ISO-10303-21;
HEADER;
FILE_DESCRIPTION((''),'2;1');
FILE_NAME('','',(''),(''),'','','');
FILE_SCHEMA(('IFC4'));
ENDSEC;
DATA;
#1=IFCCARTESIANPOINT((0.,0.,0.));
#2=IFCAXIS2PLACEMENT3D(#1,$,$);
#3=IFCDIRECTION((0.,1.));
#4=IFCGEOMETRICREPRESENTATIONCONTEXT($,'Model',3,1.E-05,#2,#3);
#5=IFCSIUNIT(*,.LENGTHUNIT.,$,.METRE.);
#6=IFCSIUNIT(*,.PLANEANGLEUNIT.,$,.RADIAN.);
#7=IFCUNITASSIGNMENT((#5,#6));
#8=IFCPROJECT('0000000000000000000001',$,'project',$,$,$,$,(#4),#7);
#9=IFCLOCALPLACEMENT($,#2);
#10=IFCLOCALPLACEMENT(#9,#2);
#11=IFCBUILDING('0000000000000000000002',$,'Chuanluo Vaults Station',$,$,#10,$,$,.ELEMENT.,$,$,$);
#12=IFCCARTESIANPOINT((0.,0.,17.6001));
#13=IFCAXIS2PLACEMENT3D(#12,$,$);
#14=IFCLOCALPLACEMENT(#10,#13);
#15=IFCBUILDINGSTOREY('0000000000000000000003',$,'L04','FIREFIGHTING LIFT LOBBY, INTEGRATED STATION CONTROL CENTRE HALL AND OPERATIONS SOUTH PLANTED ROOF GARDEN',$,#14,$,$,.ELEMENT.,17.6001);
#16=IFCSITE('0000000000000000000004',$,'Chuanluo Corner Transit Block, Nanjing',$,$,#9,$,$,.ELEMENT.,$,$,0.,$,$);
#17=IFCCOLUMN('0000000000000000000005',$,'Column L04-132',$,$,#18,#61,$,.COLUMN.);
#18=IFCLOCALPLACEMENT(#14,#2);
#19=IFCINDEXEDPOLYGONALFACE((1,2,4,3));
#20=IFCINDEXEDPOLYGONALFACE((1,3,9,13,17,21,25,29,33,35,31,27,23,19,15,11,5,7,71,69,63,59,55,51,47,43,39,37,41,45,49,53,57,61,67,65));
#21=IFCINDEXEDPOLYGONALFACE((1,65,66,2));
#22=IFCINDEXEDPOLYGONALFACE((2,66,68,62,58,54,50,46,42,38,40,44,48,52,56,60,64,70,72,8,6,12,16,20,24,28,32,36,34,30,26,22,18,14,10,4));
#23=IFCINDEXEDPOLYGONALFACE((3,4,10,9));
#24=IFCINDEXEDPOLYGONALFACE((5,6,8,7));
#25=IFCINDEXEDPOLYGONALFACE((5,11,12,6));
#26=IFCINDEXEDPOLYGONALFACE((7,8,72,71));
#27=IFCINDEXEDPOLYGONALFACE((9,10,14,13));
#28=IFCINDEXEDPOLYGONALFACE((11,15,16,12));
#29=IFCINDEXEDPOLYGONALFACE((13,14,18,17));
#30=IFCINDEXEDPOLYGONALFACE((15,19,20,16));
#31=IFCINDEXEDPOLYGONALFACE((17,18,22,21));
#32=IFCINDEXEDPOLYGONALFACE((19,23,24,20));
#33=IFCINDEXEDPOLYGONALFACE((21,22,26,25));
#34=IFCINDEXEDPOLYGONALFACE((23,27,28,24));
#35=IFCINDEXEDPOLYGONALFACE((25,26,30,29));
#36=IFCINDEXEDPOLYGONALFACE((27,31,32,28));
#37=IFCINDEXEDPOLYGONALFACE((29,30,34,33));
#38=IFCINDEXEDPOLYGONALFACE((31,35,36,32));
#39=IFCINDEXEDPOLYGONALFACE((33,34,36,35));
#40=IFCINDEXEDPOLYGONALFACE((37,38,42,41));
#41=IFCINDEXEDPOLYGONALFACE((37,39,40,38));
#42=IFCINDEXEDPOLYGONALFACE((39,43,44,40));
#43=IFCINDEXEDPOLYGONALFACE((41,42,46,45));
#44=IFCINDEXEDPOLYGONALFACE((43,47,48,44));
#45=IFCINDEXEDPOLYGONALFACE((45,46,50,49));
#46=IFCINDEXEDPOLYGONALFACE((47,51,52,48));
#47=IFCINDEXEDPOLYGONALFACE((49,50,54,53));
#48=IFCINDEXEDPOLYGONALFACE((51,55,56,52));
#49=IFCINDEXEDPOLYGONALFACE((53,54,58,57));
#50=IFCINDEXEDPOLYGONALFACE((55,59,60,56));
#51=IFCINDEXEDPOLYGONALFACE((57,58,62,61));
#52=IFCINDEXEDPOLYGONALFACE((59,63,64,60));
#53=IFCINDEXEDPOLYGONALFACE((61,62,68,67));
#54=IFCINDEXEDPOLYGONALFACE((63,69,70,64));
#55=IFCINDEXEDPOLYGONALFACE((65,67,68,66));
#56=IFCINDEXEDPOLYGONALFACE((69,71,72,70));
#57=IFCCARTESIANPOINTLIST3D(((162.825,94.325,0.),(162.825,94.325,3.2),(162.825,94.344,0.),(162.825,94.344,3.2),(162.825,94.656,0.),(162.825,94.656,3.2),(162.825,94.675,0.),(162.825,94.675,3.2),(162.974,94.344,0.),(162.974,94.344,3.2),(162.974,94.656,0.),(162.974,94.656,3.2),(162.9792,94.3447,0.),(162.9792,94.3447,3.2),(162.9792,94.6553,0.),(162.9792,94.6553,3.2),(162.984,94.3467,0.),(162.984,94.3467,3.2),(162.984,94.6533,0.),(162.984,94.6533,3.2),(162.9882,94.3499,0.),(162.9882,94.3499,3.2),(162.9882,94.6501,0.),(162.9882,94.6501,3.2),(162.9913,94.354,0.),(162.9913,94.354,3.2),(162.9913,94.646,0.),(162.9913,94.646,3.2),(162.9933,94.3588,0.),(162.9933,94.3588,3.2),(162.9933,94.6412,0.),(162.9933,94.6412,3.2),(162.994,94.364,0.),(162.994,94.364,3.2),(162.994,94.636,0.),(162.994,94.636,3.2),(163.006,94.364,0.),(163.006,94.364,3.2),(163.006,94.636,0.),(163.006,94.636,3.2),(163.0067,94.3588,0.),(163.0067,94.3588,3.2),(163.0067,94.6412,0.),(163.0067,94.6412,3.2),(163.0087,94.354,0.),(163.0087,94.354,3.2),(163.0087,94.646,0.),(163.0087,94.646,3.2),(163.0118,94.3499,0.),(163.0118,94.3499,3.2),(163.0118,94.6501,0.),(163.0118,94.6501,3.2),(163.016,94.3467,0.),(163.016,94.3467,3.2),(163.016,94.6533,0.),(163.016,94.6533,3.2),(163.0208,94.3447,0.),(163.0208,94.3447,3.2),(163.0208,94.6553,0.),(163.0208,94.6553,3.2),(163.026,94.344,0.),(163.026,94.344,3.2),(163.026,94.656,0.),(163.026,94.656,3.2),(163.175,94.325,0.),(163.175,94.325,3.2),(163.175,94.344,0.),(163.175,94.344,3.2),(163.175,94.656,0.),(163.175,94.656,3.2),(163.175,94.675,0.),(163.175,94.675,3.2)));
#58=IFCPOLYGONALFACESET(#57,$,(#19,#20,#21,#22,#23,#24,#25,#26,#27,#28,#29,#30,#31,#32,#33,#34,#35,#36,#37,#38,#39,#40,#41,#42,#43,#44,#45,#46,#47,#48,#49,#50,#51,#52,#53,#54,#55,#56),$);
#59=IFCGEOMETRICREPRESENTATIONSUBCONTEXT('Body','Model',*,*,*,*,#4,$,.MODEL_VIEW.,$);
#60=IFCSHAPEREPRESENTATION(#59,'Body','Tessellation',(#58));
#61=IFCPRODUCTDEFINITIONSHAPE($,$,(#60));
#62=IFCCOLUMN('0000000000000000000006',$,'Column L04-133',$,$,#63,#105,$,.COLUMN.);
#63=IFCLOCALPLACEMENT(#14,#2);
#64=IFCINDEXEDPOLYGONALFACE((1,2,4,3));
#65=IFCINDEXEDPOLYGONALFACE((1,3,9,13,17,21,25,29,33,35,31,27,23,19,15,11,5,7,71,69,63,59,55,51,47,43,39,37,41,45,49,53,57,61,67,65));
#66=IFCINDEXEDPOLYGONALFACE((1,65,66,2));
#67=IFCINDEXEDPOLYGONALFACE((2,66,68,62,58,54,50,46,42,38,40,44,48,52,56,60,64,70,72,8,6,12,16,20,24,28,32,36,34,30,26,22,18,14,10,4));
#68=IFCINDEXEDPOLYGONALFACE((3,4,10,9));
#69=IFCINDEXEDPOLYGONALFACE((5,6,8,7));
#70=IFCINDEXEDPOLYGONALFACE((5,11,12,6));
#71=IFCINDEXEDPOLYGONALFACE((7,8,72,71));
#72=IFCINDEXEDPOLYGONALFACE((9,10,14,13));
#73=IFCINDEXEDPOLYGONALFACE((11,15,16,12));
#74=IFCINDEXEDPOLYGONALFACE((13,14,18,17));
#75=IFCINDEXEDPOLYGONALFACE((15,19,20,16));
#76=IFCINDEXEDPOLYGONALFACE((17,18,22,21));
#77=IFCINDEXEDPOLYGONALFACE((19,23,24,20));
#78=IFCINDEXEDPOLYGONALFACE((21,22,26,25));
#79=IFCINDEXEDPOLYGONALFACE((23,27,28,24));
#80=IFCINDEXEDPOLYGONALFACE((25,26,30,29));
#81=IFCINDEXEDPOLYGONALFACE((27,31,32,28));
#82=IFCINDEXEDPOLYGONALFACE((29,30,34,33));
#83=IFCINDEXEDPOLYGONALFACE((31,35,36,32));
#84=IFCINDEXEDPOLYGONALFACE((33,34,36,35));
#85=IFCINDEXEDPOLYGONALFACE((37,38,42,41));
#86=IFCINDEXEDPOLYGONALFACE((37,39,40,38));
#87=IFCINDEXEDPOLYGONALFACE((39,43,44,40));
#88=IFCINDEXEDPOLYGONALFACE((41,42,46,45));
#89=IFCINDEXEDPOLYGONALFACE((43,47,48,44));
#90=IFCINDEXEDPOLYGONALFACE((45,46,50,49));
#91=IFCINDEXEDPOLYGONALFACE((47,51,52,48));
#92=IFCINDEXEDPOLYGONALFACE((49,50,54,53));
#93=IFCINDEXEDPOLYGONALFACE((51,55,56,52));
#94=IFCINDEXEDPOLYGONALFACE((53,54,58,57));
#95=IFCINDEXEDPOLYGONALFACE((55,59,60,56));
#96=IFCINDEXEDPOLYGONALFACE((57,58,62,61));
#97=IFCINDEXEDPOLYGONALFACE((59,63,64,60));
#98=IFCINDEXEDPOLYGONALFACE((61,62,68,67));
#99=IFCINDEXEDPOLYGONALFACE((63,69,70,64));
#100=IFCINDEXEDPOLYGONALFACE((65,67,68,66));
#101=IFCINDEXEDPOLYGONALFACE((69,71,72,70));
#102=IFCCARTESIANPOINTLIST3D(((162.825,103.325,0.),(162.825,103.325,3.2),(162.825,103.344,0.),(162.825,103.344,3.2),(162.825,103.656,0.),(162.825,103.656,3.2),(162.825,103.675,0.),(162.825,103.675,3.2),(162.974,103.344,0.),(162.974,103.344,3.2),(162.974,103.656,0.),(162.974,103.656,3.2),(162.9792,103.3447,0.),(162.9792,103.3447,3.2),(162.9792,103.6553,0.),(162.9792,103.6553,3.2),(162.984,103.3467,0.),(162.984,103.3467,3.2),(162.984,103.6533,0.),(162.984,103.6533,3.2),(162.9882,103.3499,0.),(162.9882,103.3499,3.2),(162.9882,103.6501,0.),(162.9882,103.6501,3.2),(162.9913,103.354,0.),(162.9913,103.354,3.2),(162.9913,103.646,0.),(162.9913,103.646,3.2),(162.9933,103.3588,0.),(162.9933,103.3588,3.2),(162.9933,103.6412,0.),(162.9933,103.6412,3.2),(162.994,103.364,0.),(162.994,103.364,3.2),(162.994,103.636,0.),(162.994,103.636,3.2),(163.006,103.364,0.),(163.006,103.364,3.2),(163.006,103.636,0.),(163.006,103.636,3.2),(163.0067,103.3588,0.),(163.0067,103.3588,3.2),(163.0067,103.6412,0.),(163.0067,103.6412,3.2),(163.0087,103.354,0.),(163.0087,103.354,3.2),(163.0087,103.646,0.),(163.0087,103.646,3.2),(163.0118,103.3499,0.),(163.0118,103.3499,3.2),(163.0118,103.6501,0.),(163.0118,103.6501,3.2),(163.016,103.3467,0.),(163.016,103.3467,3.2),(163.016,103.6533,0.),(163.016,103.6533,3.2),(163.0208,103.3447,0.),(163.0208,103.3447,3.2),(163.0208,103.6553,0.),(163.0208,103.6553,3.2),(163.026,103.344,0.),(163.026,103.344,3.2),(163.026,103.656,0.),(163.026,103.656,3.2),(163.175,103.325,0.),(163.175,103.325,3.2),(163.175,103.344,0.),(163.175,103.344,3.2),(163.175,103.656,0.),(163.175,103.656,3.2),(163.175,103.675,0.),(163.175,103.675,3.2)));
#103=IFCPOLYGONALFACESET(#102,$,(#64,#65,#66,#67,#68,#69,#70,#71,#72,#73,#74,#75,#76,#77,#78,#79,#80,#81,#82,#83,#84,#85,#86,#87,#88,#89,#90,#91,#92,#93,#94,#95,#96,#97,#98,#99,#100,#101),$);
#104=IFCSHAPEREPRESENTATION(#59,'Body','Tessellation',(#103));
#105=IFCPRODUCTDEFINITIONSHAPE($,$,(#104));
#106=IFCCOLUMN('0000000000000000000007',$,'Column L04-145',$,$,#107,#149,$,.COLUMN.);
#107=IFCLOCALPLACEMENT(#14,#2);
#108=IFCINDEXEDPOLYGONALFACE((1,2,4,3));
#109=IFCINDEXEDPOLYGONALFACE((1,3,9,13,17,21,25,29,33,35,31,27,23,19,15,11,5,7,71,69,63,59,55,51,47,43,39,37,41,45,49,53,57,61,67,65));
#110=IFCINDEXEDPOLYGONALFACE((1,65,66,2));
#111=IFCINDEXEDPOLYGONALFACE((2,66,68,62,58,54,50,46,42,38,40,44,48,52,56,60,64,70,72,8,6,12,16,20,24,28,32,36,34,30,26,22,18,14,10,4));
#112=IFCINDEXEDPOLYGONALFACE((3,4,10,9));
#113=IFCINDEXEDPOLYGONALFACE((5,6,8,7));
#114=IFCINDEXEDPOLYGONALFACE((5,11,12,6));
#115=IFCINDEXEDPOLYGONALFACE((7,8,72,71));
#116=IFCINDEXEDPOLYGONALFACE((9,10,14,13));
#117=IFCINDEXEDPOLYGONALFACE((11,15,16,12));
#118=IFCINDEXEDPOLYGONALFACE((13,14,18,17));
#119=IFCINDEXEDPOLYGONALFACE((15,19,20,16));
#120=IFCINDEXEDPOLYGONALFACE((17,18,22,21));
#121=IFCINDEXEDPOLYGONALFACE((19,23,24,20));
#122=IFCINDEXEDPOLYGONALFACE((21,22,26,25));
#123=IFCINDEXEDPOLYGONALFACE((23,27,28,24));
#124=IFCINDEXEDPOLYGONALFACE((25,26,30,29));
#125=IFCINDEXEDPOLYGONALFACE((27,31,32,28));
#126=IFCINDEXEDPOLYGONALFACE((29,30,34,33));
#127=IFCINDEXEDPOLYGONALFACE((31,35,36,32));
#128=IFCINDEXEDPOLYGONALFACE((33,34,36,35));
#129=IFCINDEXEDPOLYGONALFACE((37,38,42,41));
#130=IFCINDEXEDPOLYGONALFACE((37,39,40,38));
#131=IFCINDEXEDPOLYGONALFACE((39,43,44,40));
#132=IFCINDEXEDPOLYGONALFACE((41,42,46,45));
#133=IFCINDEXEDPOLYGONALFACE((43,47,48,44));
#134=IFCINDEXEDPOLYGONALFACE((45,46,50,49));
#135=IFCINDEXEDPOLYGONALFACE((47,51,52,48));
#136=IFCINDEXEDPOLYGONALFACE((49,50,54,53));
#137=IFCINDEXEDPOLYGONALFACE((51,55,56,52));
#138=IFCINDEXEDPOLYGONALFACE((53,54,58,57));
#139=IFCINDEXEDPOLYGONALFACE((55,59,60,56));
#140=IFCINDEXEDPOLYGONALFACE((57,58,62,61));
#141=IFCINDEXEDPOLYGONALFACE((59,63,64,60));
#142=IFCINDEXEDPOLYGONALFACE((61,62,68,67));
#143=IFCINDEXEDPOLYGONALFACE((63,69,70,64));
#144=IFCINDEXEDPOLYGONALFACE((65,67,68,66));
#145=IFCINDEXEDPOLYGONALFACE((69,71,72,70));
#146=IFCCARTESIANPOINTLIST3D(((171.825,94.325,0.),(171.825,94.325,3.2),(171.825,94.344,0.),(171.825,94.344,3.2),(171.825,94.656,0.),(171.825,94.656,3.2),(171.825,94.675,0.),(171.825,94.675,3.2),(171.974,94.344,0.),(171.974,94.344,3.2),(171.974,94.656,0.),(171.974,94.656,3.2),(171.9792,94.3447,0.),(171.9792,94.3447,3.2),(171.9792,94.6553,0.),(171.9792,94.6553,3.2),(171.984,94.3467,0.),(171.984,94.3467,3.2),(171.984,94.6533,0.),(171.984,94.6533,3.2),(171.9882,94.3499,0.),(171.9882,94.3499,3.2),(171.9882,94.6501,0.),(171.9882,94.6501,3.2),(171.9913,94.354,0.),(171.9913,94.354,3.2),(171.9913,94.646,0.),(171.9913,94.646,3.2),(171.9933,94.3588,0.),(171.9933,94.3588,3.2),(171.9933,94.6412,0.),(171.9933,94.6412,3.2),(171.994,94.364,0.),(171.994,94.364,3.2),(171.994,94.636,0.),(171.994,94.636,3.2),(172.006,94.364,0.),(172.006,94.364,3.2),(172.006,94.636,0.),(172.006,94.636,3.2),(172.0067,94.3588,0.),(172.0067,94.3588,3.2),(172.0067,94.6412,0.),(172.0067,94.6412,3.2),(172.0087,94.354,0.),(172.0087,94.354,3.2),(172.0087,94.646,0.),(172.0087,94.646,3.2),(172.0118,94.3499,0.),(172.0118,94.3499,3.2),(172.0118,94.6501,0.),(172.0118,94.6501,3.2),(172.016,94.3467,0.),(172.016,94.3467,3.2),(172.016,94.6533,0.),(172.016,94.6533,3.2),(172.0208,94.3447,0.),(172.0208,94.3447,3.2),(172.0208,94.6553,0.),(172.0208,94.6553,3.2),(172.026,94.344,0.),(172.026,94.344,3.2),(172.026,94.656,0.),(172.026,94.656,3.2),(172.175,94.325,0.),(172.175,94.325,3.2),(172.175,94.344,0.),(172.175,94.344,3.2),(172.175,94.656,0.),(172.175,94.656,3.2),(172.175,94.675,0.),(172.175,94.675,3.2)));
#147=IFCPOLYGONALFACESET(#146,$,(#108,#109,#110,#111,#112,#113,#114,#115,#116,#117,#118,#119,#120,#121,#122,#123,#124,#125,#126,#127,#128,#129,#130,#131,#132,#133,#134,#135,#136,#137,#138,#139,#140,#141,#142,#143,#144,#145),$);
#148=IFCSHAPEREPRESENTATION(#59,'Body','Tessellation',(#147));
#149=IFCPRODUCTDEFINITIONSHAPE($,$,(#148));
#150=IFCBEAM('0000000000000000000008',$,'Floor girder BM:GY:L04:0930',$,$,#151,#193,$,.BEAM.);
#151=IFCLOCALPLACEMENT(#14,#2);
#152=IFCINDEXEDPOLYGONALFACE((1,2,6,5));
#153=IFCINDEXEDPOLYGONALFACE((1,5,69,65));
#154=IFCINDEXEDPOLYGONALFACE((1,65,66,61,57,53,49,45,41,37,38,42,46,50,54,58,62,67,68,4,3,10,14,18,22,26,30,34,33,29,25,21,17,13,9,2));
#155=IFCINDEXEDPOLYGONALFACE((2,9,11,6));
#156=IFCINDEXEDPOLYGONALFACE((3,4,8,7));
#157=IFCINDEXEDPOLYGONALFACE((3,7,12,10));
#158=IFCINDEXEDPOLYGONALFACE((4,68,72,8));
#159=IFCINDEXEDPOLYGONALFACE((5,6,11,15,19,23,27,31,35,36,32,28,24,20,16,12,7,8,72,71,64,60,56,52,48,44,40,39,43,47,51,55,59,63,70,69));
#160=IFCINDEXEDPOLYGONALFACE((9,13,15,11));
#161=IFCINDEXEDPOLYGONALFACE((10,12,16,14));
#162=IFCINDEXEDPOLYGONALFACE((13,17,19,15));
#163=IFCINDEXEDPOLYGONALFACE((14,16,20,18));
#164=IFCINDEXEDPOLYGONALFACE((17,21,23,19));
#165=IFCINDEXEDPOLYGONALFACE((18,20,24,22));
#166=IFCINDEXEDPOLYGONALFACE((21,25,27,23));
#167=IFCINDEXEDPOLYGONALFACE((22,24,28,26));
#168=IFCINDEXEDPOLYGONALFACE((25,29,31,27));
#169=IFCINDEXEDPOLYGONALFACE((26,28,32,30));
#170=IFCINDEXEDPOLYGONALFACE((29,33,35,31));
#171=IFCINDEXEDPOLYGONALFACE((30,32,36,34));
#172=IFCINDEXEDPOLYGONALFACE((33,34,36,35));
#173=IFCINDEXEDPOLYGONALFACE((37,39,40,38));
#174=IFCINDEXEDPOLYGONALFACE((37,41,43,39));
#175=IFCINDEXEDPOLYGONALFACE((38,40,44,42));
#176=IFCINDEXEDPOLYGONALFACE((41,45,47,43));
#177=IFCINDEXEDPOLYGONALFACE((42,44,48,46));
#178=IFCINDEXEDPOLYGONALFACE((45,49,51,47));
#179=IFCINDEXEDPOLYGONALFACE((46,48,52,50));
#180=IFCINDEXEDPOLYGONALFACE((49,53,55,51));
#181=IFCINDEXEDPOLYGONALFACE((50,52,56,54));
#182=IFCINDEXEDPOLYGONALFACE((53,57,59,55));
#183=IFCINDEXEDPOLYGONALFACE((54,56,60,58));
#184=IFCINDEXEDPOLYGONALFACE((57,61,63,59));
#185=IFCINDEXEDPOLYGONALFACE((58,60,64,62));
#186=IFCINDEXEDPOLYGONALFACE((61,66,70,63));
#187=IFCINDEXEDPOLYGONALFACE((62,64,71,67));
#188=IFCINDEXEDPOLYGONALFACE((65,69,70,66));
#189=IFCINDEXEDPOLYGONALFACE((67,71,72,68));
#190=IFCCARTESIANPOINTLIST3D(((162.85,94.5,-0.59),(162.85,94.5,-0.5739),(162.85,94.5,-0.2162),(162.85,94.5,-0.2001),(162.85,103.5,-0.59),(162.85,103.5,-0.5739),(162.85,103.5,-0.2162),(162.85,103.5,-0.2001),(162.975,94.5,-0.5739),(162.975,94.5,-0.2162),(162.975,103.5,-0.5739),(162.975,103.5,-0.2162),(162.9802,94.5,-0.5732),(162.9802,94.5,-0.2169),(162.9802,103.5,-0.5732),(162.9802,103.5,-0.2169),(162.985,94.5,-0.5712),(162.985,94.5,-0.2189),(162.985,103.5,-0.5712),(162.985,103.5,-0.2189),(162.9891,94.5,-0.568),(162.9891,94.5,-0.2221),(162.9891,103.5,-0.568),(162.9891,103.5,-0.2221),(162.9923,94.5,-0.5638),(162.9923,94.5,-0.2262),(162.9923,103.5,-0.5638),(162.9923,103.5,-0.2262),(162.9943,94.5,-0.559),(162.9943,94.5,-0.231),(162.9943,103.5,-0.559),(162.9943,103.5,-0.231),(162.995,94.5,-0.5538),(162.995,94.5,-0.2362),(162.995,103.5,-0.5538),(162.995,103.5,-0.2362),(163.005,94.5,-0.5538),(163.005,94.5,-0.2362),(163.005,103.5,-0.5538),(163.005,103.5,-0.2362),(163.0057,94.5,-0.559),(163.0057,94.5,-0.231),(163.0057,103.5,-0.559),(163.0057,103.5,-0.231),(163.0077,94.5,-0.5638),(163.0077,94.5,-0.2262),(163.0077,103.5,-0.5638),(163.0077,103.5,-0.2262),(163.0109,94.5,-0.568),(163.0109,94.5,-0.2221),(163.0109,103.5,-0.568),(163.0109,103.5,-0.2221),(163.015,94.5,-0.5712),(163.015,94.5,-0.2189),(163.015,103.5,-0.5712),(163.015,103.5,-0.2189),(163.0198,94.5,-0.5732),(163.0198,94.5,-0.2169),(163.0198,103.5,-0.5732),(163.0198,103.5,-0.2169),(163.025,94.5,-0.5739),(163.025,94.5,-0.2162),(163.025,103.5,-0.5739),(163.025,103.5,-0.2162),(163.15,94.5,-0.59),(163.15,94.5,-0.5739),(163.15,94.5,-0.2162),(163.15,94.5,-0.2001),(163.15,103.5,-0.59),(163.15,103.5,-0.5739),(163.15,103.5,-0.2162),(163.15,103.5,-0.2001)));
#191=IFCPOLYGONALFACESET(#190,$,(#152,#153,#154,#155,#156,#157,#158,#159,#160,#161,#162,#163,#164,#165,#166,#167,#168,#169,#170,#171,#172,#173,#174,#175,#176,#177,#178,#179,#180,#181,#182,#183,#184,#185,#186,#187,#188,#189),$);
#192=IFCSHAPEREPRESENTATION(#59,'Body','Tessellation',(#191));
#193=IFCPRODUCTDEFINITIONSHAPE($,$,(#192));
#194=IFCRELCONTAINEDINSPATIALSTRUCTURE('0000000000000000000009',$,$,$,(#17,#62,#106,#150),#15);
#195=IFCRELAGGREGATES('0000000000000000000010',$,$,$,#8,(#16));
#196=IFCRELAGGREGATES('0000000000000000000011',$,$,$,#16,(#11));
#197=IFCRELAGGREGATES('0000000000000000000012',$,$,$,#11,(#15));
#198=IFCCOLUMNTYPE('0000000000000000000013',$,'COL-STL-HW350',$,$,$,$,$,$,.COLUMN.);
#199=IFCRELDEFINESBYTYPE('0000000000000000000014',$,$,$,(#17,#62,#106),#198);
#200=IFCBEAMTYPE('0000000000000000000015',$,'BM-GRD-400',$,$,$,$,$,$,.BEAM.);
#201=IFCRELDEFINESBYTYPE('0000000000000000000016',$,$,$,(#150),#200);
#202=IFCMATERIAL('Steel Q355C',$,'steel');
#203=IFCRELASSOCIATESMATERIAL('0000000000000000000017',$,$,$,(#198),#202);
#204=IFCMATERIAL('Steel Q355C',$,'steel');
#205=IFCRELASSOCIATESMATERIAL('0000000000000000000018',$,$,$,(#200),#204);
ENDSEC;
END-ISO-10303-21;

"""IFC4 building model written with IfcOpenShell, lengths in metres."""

from ifc_helpers import new_model, si_unit, direction, frame, origin, origin_2d, place, context, subcontext, project, spatial, i_section, extrude, material, material_profile, profile_set, type_object, element, save


model = new_model("IFC4")

# Units and contexts
model_context = context("Model", 3, precision=1e-05, world=origin(), true_north=direction((0.0, 1.0)))
body_context = subcontext(model_context, "Body", "Model", "MODEL_VIEW")
ifc_project = project(units=[si_unit("LENGTHUNIT", "METRE"), si_unit("PLANEANGLEUNIT", "RADIAN")], contexts=[model_context])

# Site, building, storey
site_placement = place(None, origin())
site = spatial("IfcSite", under=ifc_project, at=site_placement, Name="Chuanluo Corner Transit Block, Nanjing", CompositionType="ELEMENT", RefElevation=0.0)
building_placement = place(site_placement, origin())
building = spatial("IfcBuilding", under=site, at=building_placement, Name="Chuanluo Vaults Station", CompositionType="ELEMENT")
storey_placement = place(building_placement, frame((0.0, 0.0, 17.6001)))
storey = spatial("IfcBuildingStorey", under=building, at=storey_placement, Name="L04", Description="FIREFIGHTING LIFT LOBBY, INTEGRATED STATION CONTROL CENTRE HALL AND OPERATIONS SOUTH PLANTED ROOF GARDEN", CompositionType="ELEMENT", Elevation=17.6001)

# Columns
ifc_material_1 = material(Name="Steel Q355C", Category="steel")
ifc_material_profile_1 = material_profile(ifc_material_1, i_section(OverallWidth=0.3501, OverallDepth=0.3501, WebThickness=0.012, FlangeThickness=0.019, FilletRadius=0.02, at=origin_2d()))
ifc_profile_set_1 = profile_set([ifc_material_profile_1], Name="Steel Q355C")
column_type = type_object("IfcColumnType", Name="COL-STL-HW350", PredefinedType="COLUMN", material=ifc_profile_set_1)
for number, where, z_axis, x_axis, name in (
    (1, (163.0, 94.5, 0.0), (0.0, 0.0, 1.0), (1.0, 0.0, 0.0), "Column L04-132"),
    (2, (163.0, 103.5, 0.0), (0.0, 0.0, 1.0), (1.0, 0.0, 0.0), "Column L04-133"),
    (3, (172.0, 94.5, 0.0), (0.0, 0.0, 1.0), (1.0, 0.0, 0.0), "Column L04-145"),
):
    element("IfcColumn", number, at=place(storey_placement, frame(where, z_axis=z_axis, x_axis=x_axis)), inside=storey, type_object=column_type, Name=name, PredefinedType="COLUMN", context=body_context, shape_type="SweptSolid", body=[
        extrude(i_section(OverallWidth=0.3501, OverallDepth=0.3501, WebThickness=0.012, FlangeThickness=0.019, FilletRadius=0.02, at=origin_2d()), origin(), (0.0, 0.0, 1.0), 3.2),
    ])

# Beam
ifc_material_2 = material(Name="Steel Q355C", Category="steel")
ifc_material_profile_2 = material_profile(ifc_material_2, i_section(OverallWidth=0.3, OverallDepth=0.3899, WebThickness=0.01, FlangeThickness=0.0161, FilletRadius=0.02, at=origin_2d()))
ifc_profile_set_2 = profile_set([ifc_material_profile_2], Name="Steel Q355C")
beam_type_1 = type_object("IfcBeamType", Name="BM-GRD-400", PredefinedType="BEAM", material=ifc_profile_set_2)
for number, where, z_axis, x_axis, name in (
    (4, (163.0, 94.5, -0.395), (0.0, 1.0, 0.0), (-1.0, 0.0, 0.0), "Floor girder BM:GY:L04:0930"),
):
    element("IfcBeam", number, at=place(storey_placement, frame(where, z_axis=z_axis, x_axis=x_axis)), inside=storey, type_object=beam_type_1, Name=name, PredefinedType="BEAM", context=body_context, shape_type="SweptSolid", body=[
        extrude(i_section(OverallWidth=0.3, OverallDepth=0.3899, WebThickness=0.01, FlangeThickness=0.0161, FilletRadius=0.02, at=origin_2d()), origin(), (0.0, 0.0, 1.0), 9.0),
    ])

save(model, "model.ifc")
